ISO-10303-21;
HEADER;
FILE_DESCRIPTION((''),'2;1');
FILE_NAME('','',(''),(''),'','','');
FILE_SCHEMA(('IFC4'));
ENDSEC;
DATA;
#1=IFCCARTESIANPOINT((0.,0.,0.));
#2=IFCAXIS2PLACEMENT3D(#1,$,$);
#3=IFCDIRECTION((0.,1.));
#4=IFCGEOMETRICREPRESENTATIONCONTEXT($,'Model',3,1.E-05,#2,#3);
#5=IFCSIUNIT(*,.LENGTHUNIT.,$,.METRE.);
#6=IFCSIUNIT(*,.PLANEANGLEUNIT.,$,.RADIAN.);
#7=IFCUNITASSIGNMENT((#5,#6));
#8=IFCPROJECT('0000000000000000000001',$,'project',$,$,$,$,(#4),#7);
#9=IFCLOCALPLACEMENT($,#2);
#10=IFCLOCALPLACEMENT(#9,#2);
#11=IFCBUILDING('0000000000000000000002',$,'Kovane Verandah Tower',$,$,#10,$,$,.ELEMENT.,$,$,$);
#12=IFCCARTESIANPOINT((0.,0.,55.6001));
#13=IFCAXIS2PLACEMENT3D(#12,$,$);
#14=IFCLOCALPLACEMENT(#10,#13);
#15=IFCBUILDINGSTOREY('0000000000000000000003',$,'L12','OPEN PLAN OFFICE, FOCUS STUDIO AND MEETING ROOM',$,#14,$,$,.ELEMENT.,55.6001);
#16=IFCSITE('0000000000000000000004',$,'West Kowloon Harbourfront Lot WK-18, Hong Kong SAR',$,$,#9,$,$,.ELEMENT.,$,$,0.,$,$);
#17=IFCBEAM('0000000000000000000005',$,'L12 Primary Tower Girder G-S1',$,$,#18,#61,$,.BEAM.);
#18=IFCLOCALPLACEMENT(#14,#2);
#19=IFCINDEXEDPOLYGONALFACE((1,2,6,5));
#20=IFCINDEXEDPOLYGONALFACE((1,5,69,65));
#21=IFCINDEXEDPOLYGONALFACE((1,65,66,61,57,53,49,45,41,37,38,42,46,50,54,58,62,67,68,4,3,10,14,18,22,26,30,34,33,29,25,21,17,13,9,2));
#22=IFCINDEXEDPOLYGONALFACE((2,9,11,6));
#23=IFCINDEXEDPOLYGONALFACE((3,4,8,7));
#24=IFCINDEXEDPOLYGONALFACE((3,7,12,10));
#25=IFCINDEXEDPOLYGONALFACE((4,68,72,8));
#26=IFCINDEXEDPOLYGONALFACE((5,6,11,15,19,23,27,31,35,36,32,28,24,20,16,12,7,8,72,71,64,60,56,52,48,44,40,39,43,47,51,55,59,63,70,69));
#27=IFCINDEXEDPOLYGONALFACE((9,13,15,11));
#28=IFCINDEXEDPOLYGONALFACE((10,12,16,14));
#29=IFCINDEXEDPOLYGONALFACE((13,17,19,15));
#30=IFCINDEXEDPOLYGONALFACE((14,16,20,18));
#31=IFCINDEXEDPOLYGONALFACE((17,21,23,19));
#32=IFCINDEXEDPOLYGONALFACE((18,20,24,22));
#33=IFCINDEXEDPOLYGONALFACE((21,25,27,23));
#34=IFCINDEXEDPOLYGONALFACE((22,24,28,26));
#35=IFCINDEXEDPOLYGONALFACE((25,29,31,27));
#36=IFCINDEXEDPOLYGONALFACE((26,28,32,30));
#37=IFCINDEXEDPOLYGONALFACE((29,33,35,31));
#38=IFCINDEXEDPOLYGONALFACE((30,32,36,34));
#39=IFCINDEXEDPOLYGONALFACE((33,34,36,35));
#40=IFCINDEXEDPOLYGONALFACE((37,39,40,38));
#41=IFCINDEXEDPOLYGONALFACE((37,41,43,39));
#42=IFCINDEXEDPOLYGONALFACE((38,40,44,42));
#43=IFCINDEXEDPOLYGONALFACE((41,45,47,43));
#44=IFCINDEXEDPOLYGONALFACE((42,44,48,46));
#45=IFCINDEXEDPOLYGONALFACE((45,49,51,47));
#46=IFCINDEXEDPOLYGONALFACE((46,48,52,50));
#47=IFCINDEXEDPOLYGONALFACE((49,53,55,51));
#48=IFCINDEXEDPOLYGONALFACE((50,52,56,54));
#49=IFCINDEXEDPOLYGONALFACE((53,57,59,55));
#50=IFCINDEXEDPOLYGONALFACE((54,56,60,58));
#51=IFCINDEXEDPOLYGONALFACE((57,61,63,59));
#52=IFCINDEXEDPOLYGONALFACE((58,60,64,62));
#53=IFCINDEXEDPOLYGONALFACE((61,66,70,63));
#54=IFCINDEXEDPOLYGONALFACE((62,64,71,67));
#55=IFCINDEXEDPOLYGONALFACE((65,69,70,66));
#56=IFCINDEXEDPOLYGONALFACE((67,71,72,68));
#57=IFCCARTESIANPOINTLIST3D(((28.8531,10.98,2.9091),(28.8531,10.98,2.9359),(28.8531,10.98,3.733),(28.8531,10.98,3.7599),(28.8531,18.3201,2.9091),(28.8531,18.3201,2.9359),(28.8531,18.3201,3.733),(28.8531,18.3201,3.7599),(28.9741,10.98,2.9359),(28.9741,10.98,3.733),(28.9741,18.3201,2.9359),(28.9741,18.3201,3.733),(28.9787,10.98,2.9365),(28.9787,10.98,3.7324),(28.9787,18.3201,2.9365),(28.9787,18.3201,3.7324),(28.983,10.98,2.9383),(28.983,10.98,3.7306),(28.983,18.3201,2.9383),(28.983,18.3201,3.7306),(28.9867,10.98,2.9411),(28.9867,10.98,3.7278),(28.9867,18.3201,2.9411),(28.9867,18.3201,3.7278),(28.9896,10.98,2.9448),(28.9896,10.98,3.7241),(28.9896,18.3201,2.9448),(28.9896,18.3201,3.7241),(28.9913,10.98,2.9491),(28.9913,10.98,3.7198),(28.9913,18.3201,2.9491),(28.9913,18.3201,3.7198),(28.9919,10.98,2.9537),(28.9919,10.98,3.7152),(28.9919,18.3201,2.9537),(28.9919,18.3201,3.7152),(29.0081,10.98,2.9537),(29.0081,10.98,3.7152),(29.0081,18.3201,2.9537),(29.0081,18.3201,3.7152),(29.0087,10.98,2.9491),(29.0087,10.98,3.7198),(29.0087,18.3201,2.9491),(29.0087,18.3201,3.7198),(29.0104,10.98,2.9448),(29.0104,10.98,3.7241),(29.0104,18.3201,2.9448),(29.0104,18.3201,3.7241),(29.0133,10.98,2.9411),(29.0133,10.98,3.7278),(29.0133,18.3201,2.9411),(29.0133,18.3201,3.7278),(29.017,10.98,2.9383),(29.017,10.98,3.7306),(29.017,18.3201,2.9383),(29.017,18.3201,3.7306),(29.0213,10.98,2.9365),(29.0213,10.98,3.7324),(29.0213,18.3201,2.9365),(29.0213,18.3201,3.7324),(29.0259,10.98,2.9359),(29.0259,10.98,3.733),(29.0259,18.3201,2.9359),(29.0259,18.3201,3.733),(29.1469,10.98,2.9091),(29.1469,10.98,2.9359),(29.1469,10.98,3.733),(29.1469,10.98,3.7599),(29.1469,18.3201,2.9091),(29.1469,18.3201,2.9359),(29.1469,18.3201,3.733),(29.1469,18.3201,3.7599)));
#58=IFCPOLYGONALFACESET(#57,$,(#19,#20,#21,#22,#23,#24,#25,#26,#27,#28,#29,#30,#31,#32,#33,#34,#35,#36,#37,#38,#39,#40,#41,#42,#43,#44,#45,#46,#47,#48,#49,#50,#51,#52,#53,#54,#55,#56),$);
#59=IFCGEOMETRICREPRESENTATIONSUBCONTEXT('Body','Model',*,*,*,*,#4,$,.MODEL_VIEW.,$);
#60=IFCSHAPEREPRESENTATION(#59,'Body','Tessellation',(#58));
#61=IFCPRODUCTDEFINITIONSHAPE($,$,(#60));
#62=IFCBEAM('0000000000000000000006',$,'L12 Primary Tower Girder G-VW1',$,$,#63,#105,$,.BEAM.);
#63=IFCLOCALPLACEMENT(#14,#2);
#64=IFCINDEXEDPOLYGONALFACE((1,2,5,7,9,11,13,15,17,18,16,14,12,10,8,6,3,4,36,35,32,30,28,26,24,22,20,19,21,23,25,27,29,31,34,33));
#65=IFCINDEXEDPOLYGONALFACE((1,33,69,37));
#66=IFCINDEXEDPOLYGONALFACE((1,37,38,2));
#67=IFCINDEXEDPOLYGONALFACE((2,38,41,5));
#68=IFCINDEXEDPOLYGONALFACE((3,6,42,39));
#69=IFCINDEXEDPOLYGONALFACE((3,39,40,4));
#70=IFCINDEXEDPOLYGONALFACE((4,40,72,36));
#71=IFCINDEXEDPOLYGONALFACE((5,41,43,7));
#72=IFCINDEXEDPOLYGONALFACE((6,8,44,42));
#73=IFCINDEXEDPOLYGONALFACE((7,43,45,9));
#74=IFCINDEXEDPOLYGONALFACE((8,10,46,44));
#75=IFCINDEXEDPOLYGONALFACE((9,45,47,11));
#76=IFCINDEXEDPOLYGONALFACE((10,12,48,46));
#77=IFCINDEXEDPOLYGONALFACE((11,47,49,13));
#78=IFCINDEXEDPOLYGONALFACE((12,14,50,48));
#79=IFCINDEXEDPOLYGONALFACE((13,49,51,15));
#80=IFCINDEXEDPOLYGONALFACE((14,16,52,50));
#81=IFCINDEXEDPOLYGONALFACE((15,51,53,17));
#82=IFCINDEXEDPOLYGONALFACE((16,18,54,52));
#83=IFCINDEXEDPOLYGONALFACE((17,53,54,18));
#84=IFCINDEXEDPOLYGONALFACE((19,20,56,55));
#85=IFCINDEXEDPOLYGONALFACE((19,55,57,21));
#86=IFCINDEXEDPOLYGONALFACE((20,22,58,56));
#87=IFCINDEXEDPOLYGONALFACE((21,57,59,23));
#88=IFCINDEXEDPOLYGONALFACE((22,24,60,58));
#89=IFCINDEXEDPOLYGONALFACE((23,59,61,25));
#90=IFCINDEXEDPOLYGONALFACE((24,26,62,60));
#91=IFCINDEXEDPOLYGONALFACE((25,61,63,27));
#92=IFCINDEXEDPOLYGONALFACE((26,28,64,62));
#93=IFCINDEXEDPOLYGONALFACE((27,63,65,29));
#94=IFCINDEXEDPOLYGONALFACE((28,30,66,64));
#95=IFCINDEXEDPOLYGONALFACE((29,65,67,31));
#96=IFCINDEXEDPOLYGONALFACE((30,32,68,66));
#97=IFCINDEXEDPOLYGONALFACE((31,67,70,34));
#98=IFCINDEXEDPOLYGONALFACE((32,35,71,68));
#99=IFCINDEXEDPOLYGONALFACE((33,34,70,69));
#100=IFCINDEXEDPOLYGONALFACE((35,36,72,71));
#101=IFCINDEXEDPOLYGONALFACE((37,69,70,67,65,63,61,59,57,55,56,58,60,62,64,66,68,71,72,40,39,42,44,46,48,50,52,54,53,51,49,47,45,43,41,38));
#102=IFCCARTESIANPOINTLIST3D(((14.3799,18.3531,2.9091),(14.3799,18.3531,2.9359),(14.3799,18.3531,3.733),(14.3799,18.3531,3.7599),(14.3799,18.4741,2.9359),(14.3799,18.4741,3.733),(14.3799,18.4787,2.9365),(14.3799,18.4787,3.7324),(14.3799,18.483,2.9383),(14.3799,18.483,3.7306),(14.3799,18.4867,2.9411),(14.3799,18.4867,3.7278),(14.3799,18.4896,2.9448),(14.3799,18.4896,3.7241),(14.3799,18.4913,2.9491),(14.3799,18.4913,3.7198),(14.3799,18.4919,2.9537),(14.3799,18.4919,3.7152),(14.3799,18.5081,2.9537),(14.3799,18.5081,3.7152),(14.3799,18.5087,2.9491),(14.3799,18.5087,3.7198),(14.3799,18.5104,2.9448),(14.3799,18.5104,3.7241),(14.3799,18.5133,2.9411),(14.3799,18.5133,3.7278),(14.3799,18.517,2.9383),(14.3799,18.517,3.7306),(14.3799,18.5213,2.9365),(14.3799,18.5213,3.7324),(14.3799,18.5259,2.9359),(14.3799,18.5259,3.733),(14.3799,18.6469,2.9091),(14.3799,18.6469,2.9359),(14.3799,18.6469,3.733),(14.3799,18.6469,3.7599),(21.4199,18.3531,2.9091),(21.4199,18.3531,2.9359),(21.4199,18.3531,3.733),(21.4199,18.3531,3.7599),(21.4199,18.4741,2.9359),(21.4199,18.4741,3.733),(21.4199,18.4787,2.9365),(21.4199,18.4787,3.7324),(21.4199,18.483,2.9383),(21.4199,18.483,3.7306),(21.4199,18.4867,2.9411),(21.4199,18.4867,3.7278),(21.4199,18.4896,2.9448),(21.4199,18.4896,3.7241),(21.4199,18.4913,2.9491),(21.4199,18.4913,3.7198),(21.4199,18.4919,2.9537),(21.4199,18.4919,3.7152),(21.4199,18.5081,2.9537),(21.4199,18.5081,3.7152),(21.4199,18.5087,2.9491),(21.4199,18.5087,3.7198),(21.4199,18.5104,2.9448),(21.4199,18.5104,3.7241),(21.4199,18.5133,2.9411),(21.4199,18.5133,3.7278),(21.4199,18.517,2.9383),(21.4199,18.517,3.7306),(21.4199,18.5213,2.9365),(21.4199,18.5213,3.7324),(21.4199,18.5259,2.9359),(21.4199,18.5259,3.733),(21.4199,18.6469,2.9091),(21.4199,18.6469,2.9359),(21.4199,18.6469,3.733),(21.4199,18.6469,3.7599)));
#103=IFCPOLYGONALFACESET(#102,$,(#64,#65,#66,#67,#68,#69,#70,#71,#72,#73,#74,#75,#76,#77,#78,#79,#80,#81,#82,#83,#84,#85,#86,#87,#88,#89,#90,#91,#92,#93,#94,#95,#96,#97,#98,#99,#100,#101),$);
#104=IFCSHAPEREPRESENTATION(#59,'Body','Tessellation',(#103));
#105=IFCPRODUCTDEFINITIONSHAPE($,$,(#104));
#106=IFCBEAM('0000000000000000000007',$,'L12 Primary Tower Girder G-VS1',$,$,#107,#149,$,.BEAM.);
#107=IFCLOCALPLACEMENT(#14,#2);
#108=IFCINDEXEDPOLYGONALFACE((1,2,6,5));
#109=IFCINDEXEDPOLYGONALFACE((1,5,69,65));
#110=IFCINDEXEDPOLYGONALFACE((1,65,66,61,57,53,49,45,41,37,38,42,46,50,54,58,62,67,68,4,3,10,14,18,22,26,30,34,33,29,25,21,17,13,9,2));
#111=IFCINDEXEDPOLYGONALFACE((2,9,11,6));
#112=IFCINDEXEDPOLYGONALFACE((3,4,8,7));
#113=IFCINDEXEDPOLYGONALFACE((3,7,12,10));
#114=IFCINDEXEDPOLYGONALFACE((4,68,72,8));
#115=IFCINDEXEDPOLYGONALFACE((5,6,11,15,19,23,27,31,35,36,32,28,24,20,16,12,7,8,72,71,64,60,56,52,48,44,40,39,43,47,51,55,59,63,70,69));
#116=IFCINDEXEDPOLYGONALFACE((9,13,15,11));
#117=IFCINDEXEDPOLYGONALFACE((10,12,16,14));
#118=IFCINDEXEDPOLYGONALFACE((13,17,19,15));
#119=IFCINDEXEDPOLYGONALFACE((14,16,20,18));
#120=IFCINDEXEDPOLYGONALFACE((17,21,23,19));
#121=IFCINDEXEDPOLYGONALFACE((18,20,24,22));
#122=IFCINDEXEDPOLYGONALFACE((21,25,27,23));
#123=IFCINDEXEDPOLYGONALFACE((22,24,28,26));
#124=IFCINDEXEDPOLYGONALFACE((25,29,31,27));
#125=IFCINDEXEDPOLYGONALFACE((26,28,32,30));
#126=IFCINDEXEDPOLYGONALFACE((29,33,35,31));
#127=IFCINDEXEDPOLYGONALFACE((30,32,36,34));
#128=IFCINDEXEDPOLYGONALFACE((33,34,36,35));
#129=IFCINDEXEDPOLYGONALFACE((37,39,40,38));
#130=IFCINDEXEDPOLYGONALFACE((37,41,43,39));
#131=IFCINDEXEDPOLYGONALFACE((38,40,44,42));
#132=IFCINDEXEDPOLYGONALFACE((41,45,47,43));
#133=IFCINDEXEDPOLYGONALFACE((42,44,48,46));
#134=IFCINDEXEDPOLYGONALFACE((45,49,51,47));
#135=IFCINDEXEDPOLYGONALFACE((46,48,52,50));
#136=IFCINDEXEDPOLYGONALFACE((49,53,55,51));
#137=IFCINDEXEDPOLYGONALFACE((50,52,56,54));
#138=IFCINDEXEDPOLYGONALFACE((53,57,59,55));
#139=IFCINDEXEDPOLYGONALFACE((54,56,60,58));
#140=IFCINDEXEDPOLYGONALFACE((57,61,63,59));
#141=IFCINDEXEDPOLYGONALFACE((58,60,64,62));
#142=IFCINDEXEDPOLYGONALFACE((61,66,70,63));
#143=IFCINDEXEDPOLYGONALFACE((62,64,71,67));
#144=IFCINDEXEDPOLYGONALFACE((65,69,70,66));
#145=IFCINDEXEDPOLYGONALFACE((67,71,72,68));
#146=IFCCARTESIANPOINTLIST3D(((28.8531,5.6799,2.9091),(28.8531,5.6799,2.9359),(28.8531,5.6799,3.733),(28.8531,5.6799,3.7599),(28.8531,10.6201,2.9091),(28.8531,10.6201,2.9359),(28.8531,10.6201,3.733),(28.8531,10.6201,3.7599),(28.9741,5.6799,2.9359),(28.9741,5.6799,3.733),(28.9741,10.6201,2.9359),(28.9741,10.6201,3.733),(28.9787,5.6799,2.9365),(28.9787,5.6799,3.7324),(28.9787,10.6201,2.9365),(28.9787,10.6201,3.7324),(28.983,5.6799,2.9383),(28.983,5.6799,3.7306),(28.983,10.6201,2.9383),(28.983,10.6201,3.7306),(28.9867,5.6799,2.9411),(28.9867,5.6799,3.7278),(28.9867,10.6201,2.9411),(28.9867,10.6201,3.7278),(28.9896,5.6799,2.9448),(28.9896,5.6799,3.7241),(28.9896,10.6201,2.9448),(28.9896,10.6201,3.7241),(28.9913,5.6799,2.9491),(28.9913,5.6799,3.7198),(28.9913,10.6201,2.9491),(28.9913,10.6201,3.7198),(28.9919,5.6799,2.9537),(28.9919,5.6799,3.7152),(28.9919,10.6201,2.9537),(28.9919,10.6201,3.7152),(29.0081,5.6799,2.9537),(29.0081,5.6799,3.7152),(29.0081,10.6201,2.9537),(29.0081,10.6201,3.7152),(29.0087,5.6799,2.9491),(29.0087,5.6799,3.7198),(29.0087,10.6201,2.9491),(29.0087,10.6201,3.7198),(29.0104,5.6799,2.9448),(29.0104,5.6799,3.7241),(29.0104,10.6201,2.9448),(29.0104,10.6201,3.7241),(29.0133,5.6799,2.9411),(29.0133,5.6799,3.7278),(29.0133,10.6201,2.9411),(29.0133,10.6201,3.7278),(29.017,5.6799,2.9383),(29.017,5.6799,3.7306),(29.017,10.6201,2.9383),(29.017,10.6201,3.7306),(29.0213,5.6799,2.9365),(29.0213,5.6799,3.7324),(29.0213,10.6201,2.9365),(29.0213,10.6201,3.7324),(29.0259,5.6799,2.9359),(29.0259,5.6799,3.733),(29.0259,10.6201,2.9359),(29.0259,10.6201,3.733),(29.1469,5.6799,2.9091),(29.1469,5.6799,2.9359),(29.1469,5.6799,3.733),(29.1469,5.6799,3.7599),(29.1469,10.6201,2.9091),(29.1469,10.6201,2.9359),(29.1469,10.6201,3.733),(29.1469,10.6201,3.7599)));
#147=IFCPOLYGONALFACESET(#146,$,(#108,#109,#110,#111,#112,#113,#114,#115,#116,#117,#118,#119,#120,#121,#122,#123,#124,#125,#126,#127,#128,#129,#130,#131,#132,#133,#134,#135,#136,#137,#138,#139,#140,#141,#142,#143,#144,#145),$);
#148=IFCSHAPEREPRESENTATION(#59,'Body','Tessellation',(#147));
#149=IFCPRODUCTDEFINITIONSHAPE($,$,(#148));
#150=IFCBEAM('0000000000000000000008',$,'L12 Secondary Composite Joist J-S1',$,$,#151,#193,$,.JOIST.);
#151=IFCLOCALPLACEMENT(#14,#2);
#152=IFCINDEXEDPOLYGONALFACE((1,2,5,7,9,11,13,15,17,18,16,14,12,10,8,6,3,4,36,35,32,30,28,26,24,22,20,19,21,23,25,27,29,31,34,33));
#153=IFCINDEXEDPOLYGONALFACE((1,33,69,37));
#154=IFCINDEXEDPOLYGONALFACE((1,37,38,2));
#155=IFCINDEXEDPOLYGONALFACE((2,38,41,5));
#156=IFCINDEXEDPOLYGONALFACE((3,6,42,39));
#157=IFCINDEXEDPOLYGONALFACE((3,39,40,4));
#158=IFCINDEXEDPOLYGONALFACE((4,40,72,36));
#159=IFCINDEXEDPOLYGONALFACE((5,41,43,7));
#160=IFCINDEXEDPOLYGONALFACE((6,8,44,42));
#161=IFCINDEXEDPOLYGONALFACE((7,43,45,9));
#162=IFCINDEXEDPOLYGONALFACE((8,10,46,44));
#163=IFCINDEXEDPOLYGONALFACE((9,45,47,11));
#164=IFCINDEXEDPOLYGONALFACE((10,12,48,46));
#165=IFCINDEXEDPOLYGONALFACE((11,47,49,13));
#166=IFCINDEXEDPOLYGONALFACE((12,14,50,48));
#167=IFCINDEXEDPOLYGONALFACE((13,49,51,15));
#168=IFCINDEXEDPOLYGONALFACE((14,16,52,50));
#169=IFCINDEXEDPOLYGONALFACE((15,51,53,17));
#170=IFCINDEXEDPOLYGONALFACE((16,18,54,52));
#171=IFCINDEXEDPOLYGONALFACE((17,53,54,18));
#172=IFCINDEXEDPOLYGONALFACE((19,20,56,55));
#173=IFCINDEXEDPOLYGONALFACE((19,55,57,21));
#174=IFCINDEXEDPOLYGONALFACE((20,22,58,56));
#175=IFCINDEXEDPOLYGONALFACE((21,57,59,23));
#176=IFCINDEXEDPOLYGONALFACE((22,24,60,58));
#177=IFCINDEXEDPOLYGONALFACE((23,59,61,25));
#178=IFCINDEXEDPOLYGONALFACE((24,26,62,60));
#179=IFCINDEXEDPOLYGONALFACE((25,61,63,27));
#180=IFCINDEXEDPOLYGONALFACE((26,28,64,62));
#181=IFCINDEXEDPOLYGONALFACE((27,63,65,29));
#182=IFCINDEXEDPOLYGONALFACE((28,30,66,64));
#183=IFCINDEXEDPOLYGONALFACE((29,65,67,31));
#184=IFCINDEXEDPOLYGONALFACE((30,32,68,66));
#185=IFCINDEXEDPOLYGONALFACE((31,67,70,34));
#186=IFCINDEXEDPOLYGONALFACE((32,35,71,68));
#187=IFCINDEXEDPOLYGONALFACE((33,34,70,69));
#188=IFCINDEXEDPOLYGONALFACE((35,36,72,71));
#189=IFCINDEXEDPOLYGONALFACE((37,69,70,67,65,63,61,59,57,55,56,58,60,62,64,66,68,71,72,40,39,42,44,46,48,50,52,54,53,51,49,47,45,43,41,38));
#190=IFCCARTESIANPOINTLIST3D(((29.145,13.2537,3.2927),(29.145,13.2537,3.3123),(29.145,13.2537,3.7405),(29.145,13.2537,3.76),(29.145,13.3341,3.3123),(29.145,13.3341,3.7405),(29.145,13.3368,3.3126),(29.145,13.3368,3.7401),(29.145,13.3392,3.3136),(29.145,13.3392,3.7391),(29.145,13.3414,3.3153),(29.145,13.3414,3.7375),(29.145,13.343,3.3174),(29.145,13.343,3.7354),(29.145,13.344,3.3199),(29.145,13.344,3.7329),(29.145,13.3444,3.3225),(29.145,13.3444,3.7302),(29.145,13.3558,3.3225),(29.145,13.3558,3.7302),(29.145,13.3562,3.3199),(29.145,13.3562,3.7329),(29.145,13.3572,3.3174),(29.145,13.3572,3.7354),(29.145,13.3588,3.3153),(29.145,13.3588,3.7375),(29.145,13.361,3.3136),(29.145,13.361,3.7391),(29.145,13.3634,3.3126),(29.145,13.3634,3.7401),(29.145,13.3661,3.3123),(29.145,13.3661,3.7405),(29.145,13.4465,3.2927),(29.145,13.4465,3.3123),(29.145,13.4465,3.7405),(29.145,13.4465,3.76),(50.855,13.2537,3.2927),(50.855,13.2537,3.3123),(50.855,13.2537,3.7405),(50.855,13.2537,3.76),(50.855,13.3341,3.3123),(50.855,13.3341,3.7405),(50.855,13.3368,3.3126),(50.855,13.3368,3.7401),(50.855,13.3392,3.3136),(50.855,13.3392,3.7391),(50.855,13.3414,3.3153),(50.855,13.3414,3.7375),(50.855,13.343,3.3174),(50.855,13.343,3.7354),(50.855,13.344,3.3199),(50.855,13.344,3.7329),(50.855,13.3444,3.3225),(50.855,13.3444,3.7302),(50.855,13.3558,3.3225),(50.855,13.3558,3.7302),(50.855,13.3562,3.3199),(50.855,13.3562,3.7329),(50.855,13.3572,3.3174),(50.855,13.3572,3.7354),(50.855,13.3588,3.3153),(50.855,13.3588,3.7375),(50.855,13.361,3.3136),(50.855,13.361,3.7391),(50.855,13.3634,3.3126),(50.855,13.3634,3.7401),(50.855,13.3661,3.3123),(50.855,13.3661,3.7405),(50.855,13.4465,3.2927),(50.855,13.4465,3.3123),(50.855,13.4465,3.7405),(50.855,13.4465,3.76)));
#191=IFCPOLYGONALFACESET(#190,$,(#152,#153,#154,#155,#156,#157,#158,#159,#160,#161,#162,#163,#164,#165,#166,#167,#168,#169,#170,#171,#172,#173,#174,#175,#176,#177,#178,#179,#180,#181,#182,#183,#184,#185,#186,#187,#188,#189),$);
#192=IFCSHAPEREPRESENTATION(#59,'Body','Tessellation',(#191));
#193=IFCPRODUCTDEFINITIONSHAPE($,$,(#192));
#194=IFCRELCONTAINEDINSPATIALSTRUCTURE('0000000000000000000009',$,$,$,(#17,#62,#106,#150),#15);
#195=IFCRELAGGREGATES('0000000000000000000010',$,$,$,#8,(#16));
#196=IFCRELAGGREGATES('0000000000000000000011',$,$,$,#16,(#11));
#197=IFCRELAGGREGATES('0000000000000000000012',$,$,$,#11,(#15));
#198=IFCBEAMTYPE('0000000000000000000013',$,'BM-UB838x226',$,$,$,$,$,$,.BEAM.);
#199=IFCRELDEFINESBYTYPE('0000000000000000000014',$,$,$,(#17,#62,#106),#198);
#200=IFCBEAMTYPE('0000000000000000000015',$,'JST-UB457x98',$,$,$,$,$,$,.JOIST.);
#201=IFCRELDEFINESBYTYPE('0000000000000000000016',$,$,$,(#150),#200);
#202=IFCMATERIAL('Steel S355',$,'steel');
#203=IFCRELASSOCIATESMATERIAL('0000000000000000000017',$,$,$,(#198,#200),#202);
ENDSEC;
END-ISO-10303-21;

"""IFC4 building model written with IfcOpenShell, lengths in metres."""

from ifc_helpers import new_model, si_unit, direction, frame, origin, origin_2d, place, context, subcontext, project, spatial, i_section, extrude, material, material_profile, profile_set, type_object, element, save


model = new_model("IFC4")

# Units and contexts
model_context = context("Model", 3, precision=1e-05, world=origin(), true_north=direction((0.0, 1.0)))
body_context = subcontext(model_context, "Body", "Model", "MODEL_VIEW")
ifc_project = project(units=[si_unit("LENGTHUNIT", "METRE"), si_unit("PLANEANGLEUNIT", "RADIAN")], contexts=[model_context])

# Site, building, storey
site_placement = place(None, origin())
site = spatial("IfcSite", under=ifc_project, at=site_placement, Name="West Kowloon Harbourfront Lot WK-18, Hong Kong SAR", CompositionType="ELEMENT", RefElevation=0.0)
building_placement = place(site_placement, origin())
building = spatial("IfcBuilding", under=site, at=building_placement, Name="Kovane Verandah Tower", CompositionType="ELEMENT")
storey_placement = place(building_placement, frame((0.0, 0.0, 55.6001)))
storey = spatial("IfcBuildingStorey", under=building, at=storey_placement, Name="L12", Description="OPEN PLAN OFFICE, FOCUS STUDIO AND MEETING ROOM", CompositionType="ELEMENT", Elevation=55.6001)

# Beams
ifc_material_1 = material(Name="Steel S355", Category="steel")
ifc_material_profile_1 = material_profile(ifc_material_1, i_section(OverallWidth=0.2937, OverallDepth=0.8508, WebThickness=0.0161, FlangeThickness=0.0269, FilletRadius=0.0178, at=origin_2d()), Name="UB838x292x226")
ifc_profile_set_1 = profile_set([ifc_material_profile_1], Name="Steel S355")
beam_type_1 = type_object("IfcBeamType", Name="BM-UB838x226", PredefinedType="BEAM", material=ifc_profile_set_1)
for number, where, z_axis, x_axis, name in (
    (1, (29.0, 18.3201, 3.3345), (0.0, -1.0, 0.0), (1.0, 0.0, 0.0), "L12 Primary Tower Girder G-S1"),
):
    element("IfcBeam", number, at=place(storey_placement, frame(where, z_axis=z_axis, x_axis=x_axis)), inside=storey, type_object=beam_type_1, Name=name, PredefinedType="BEAM", context=body_context, shape_type="SweptSolid", body=[
        extrude(i_section(OverallWidth=0.2937, OverallDepth=0.8508, WebThickness=0.0161, FlangeThickness=0.0269, FilletRadius=0.0178, at=origin_2d()), origin(), (0.0, 0.0, 1.0), 7.3401),
    ])
beam_1_placement = place(storey_placement, frame((21.4199, 18.5, 3.3345), z_axis=(-1.0, 0.0, 0.0), x_axis=(0.0, -1.0, 0.0)))
element("IfcBeam", 2, at=beam_1_placement, inside=storey, type_object=beam_type_1, Name="L12 Primary Tower Girder G-VW1", PredefinedType="BEAM", context=body_context, shape_type="SweptSolid", body=[
    extrude(i_section(OverallWidth=0.2937, OverallDepth=0.8508, WebThickness=0.0161, FlangeThickness=0.0269, FilletRadius=0.0178, at=origin_2d()), origin(), (0.0, 0.0, 1.0), 7.04),
])
beam_2_placement = place(storey_placement, frame((29.0, 10.6201, 3.3345), z_axis=(0.0, -1.0, 0.0), x_axis=(1.0, 0.0, 0.0)))
element("IfcBeam", 3, at=beam_2_placement, inside=storey, type_object=beam_type_1, Name="L12 Primary Tower Girder G-VS1", PredefinedType="BEAM", context=body_context, shape_type="SweptSolid", body=[
    extrude(i_section(OverallWidth=0.2937, OverallDepth=0.8508, WebThickness=0.0161, FlangeThickness=0.0269, FilletRadius=0.0178, at=origin_2d()), origin(), (0.0, 0.0, 1.0), 4.9402),
])
ifc_material_profile_2 = material_profile(ifc_material_1, i_section(OverallWidth=0.1929, OverallDepth=0.4673, WebThickness=0.0115, FlangeThickness=0.0195, FilletRadius=0.0103, at=origin_2d()), Name="UB457x191x98")
ifc_profile_set_2 = profile_set([ifc_material_profile_2], Name="Steel S355")
beam_type_2 = type_object("IfcBeamType", Name="JST-UB457x98", PredefinedType="JOIST", material=ifc_profile_set_2)
for number, where, z_axis, x_axis, name in (
    (4, (29.145, 13.3501, 3.5264), (1.0, 0.0, 0.0), (0.0, 1.0, 0.0), "L12 Secondary Composite Joist J-S1"),
):
    element("IfcBeam", number, at=place(storey_placement, frame(where, z_axis=z_axis, x_axis=x_axis)), inside=storey, type_object=beam_type_2, Name=name, PredefinedType="JOIST", context=body_context, shape_type="SweptSolid", body=[
        extrude(i_section(OverallWidth=0.1929, OverallDepth=0.4673, WebThickness=0.0115, FlangeThickness=0.0195, FilletRadius=0.0103, at=origin_2d()), origin(), (0.0, 0.0, 1.0), 21.71),
    ])

save(model, "model.ifc")
